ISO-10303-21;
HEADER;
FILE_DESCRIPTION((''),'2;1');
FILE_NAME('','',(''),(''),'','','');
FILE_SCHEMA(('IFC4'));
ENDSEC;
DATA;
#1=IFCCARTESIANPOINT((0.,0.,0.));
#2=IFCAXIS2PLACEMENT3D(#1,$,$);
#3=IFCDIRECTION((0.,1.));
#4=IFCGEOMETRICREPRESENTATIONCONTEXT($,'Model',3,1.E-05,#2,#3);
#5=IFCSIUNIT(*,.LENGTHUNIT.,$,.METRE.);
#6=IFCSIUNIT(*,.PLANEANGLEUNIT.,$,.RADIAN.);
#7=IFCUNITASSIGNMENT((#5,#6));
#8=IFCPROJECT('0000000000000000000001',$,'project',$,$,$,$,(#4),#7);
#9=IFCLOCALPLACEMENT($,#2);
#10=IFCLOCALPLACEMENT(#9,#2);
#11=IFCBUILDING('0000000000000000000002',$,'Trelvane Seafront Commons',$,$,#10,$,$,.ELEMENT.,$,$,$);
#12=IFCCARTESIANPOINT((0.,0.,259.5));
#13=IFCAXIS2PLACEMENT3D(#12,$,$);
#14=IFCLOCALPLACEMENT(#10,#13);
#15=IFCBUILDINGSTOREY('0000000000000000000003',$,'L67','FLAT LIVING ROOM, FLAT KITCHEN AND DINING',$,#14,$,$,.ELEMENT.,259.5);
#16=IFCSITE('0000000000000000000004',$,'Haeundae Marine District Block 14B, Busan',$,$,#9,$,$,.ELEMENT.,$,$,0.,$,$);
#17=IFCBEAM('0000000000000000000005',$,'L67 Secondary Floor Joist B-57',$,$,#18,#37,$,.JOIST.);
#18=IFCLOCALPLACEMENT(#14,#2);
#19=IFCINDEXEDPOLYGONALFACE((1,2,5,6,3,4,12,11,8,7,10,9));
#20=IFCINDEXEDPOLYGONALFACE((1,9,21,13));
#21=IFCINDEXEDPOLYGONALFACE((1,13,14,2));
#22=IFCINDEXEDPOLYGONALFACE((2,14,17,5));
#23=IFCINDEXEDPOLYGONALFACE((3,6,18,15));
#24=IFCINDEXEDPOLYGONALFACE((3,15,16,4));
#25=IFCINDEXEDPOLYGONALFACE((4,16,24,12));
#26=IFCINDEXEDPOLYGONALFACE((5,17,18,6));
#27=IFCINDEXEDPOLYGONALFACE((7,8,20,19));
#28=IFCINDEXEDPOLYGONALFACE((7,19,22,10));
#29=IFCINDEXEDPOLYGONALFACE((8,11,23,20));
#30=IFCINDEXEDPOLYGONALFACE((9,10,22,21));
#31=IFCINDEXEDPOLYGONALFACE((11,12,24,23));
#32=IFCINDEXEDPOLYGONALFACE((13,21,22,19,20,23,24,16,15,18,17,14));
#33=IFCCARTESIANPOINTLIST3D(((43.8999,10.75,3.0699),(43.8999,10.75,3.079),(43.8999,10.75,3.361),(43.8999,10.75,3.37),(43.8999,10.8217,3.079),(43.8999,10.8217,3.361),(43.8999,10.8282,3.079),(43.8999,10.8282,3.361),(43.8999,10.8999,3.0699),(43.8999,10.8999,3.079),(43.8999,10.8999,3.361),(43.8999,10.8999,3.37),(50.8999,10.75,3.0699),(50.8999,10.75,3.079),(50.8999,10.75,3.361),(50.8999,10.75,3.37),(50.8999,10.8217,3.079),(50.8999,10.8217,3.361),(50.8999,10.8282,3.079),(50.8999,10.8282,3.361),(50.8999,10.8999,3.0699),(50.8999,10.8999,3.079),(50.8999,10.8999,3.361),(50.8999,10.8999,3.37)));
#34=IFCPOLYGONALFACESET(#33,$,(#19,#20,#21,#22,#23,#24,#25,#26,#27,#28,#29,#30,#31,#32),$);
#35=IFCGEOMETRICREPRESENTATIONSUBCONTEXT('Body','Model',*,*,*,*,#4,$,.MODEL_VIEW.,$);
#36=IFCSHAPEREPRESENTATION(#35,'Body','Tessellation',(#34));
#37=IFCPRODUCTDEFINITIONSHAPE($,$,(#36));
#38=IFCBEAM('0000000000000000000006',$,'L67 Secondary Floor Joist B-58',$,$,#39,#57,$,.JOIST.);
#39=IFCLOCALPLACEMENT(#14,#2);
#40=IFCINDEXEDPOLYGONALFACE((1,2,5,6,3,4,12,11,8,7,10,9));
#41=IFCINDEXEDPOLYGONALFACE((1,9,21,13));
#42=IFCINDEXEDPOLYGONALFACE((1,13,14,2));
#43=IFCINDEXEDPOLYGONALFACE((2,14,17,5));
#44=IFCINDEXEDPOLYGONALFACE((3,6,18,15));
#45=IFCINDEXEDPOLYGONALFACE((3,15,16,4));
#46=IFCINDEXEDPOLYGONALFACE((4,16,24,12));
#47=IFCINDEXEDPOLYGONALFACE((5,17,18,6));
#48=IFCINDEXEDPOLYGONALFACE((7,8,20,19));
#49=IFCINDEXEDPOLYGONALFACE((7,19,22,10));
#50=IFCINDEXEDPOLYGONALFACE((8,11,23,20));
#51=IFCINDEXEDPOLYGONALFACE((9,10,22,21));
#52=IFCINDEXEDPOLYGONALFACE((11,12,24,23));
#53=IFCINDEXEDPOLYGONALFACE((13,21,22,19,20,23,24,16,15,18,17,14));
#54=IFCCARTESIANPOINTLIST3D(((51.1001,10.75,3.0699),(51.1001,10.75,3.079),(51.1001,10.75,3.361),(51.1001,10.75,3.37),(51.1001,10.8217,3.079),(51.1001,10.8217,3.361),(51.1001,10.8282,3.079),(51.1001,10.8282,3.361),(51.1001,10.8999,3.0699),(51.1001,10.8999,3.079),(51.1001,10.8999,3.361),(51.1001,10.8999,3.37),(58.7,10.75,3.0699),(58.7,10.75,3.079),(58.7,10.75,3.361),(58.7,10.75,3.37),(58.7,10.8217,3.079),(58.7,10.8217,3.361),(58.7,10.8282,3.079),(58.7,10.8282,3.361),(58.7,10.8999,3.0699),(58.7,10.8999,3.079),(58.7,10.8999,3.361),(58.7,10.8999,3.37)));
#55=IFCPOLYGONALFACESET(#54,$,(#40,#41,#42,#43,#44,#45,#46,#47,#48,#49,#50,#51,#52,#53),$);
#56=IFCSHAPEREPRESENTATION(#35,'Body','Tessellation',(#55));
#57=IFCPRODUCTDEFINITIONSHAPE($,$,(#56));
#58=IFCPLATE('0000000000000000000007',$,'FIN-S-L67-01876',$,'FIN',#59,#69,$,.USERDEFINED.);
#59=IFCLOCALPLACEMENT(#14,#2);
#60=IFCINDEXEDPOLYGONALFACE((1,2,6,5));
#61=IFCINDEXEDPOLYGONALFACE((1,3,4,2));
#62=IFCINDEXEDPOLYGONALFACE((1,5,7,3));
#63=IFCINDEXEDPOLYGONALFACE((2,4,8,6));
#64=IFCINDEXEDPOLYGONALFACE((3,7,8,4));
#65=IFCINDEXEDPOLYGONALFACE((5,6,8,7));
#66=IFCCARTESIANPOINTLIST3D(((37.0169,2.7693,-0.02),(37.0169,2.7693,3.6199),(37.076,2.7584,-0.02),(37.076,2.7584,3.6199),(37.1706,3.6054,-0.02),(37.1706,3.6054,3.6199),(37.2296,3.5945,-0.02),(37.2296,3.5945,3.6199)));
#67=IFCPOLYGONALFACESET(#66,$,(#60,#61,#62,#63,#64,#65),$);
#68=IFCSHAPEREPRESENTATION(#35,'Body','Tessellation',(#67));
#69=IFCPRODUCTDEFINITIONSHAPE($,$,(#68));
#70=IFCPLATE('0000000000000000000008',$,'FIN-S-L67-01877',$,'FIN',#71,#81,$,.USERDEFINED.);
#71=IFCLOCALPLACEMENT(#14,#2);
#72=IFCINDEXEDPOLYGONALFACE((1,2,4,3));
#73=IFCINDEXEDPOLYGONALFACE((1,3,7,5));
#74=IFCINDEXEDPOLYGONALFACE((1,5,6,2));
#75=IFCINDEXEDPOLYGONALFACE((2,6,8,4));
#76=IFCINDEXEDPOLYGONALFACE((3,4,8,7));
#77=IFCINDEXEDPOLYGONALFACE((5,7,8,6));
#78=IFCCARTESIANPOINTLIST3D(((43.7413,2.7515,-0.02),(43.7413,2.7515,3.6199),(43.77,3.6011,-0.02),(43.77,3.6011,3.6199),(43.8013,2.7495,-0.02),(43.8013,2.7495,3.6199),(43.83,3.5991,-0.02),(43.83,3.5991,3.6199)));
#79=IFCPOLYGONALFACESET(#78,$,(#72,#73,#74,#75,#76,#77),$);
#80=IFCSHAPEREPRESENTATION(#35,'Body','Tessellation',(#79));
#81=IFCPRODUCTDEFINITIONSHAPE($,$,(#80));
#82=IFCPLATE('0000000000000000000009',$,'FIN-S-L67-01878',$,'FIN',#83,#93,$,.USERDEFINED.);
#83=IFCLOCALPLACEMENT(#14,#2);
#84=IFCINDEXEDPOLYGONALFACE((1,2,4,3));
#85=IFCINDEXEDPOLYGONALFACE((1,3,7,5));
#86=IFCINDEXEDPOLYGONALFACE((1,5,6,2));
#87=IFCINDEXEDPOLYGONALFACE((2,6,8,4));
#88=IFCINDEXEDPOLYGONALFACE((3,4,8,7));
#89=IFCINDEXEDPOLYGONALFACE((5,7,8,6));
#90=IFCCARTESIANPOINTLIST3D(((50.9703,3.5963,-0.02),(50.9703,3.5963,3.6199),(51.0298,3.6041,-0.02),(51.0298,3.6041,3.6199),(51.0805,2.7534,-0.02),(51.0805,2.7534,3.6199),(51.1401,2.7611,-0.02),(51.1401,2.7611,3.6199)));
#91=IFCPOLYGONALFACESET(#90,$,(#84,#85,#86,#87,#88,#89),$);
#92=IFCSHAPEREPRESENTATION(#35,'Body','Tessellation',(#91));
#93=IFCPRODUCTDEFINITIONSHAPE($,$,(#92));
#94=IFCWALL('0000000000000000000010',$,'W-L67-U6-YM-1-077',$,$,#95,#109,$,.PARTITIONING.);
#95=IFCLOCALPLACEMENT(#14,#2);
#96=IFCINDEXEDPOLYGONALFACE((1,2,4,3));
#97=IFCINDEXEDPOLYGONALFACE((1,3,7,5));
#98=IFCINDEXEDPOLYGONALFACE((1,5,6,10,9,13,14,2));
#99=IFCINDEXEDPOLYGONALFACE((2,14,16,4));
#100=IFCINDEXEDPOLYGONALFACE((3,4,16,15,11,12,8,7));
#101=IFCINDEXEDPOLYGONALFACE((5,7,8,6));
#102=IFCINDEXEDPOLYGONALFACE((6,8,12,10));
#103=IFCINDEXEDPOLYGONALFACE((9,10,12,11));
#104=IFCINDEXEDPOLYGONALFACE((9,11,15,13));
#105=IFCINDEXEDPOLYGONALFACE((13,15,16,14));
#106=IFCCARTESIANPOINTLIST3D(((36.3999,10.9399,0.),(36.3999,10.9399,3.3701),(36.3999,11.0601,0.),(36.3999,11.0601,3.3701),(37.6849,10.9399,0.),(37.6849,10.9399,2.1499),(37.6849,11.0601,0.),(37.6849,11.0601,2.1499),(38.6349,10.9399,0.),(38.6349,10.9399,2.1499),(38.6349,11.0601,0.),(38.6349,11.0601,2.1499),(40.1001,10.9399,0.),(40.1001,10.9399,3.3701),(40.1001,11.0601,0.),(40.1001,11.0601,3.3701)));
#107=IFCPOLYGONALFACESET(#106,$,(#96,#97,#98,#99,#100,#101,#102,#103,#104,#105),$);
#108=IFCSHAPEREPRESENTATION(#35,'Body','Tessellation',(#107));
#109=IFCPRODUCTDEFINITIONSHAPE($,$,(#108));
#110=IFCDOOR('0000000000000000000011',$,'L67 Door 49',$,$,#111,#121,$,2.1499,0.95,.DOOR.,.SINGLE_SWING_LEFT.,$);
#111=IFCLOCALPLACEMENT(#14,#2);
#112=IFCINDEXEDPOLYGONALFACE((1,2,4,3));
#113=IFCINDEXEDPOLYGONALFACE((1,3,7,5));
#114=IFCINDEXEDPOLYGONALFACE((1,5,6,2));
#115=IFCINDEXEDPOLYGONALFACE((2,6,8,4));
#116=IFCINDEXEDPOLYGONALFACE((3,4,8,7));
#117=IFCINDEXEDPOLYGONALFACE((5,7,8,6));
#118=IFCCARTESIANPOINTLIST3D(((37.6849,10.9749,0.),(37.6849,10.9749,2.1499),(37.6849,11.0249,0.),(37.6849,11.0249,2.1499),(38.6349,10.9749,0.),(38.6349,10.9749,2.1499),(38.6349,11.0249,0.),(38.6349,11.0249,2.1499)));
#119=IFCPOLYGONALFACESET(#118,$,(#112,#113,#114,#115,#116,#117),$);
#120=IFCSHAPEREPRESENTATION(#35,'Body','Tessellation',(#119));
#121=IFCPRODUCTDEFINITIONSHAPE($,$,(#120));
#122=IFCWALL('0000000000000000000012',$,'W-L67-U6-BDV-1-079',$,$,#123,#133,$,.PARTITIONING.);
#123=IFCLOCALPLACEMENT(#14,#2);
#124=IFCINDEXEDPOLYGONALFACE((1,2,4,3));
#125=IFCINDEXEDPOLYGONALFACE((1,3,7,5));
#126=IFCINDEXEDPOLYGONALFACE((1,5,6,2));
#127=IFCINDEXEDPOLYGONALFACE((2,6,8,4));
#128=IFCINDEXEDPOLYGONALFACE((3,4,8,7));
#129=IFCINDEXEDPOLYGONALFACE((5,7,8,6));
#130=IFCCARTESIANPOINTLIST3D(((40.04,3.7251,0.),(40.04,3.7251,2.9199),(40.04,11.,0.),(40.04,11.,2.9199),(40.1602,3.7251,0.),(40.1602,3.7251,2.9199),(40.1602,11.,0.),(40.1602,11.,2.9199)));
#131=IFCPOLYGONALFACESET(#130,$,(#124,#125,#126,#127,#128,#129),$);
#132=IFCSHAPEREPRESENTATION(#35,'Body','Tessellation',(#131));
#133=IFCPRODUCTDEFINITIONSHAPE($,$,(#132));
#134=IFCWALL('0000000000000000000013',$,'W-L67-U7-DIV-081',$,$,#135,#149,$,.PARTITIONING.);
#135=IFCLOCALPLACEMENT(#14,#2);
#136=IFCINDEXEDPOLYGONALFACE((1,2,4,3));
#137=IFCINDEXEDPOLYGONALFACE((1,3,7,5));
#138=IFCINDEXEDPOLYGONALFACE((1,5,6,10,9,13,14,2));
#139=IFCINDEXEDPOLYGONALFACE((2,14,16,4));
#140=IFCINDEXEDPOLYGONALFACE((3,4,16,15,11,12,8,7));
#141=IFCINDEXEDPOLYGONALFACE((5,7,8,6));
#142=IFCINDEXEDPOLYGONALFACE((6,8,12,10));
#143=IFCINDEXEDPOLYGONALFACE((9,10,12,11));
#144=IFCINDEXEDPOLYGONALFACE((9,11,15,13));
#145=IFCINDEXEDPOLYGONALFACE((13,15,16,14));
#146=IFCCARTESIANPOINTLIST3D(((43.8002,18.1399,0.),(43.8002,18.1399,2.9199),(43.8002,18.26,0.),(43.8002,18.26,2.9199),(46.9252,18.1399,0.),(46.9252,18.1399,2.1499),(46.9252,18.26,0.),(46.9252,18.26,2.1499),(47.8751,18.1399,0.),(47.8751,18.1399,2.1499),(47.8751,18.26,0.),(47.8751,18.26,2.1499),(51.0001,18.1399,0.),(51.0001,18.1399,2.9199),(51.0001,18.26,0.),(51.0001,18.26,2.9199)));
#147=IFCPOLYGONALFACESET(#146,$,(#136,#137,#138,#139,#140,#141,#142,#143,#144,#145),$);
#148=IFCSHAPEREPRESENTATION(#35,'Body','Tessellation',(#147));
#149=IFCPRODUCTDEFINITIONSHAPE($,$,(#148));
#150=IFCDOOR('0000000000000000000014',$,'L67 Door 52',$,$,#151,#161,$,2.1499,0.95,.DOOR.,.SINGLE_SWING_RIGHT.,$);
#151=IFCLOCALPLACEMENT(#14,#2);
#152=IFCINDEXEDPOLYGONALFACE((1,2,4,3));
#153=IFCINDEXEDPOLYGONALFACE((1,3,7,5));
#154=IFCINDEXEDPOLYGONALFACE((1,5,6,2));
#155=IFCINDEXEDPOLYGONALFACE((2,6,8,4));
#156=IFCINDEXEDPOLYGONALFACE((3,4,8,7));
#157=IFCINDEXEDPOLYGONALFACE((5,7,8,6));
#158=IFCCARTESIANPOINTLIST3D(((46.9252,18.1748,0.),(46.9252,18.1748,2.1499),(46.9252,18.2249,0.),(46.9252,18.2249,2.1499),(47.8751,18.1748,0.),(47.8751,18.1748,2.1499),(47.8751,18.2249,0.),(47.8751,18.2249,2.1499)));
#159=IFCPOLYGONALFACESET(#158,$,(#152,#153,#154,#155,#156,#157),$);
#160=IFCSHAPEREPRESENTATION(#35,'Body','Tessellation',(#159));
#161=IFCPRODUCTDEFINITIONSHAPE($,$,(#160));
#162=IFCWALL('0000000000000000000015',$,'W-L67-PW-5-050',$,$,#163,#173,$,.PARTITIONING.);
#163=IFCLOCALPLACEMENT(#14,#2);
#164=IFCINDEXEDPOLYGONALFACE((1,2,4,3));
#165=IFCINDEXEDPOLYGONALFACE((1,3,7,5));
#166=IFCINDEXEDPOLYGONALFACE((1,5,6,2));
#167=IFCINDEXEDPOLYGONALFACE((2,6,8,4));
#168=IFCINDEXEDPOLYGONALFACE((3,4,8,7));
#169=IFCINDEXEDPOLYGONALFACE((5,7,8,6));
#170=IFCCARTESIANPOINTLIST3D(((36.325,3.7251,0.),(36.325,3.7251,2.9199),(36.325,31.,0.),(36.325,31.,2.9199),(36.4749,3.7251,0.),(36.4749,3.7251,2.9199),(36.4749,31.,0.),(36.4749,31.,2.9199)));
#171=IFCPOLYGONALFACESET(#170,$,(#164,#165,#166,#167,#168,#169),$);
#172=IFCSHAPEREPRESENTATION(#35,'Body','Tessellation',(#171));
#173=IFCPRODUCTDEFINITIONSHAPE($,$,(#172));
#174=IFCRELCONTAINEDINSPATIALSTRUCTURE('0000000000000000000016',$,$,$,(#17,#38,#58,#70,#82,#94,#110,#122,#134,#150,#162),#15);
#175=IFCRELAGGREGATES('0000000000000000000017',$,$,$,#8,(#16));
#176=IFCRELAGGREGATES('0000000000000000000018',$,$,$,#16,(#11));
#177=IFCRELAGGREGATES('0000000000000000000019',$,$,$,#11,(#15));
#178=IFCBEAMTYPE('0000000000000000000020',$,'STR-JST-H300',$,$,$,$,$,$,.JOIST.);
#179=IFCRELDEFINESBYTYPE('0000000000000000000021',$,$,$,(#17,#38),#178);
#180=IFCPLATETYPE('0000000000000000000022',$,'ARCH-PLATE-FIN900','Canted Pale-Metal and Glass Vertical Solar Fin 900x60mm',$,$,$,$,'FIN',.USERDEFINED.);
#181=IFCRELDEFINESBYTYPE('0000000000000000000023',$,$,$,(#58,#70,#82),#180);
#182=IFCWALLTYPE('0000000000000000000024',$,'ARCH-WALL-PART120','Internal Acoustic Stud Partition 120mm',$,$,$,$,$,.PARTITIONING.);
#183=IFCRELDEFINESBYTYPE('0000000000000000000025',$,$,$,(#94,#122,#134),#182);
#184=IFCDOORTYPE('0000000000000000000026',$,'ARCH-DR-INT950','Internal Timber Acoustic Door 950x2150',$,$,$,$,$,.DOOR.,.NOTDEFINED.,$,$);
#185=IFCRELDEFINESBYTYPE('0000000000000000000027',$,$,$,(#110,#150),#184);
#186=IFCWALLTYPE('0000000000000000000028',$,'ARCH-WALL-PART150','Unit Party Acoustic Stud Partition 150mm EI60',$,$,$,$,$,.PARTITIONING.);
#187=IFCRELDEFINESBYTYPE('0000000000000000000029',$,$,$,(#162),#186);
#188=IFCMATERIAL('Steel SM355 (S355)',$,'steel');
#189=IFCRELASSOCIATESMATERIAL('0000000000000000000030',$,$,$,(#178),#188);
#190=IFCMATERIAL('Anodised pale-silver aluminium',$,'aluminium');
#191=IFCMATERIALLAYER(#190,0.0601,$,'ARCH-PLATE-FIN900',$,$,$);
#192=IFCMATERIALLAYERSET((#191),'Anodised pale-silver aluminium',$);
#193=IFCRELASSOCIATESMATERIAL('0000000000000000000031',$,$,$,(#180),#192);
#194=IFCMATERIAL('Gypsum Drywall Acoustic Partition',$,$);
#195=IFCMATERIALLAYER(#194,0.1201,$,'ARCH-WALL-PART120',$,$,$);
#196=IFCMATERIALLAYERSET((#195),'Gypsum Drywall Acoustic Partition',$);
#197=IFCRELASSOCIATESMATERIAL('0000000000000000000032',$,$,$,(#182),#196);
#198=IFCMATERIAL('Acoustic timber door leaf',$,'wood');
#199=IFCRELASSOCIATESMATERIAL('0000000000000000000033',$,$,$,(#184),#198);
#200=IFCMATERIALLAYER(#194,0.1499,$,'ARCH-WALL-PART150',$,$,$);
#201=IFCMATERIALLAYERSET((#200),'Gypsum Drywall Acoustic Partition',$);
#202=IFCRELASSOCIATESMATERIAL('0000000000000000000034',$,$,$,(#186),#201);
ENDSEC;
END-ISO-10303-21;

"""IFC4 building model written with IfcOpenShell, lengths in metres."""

from ifc_helpers import new_model, si_unit, direction, frame, frame_2d, origin, origin_2d, place, context, subcontext, project, spatial, rectangle, i_section, extrude, source, transform, mapped, material, layer, layer_set, material_profile, profile_set, type_object, element, fill, save


model = new_model("IFC4")

# Units and contexts
model_context = context("Model", 3, precision=1e-05, world=origin(), true_north=direction((0.0, 1.0)))
body_context = subcontext(model_context, "Body", "Model", "MODEL_VIEW")
ifc_project = project(units=[si_unit("LENGTHUNIT", "METRE"), si_unit("PLANEANGLEUNIT", "RADIAN")], contexts=[model_context])

# Site, building, storey
site_placement = place(None, origin())
site = spatial("IfcSite", under=ifc_project, at=site_placement, Name="Haeundae Marine District Block 14B, Busan", CompositionType="ELEMENT", RefElevation=0.0)
building_placement = place(site_placement, origin())
building = spatial("IfcBuilding", under=site, at=building_placement, Name="Trelvane Seafront Commons", CompositionType="ELEMENT")
storey_placement = place(building_placement, frame((0.0, 0.0, 259.5)))
storey = spatial("IfcBuildingStorey", under=building, at=storey_placement, Name="L67", Description="FLAT LIVING ROOM, FLAT KITCHEN AND DINING", CompositionType="ELEMENT", Elevation=259.5)

# Shared definitions
ifc_material_1 = material(Name="Steel SM355 (S355)", Category="steel")

# Beams
ifc_material_profile_1 = material_profile(ifc_material_1, i_section(OverallWidth=0.1499, OverallDepth=0.3, WebThickness=0.0066, FlangeThickness=0.009, at=origin_2d()), Name="H-300x150x6.5x9")
ifc_profile_set_1 = profile_set([ifc_material_profile_1], Name="Steel SM355 (S355)")
beam_type_1 = type_object("IfcBeamType", Name="STR-JST-H300", PredefinedType="JOIST", material=ifc_profile_set_1)
shared_shape_1 = source(origin(), body_context, "Body", "SweptSolid", [
    extrude(i_section(OverallWidth=0.1499, OverallDepth=0.3, WebThickness=0.0066, FlangeThickness=0.009, at=origin_2d()), origin(), (0.0, 0.0, 1.0), 7.0),
])
beam_1_placement = place(storey_placement, frame((43.8999, 10.825, 3.22), z_axis=(1.0, 0.0, 0.0), x_axis=(0.0, 1.0, 0.0)))
element("IfcBeam", 1, at=beam_1_placement, inside=storey, type_object=beam_type_1, Name="L67 Secondary Floor Joist B-57", PredefinedType="JOIST", context=body_context, shape_type="MappedRepresentation", body=[
    mapped(shared_shape_1, transform((0.0, 0.0, 0.0), x_axis=(1.0, 0.0, 0.0), y_axis=(0.0, 1.0, 0.0), z_axis=(0.0, 0.0, 1.0), scale=1.0)),
])
shared_shape_2 = source(origin(), body_context, "Body", "SweptSolid", [
    extrude(i_section(OverallWidth=0.1499, OverallDepth=0.3, WebThickness=0.0066, FlangeThickness=0.009, at=origin_2d()), origin(), (0.0, 0.0, 1.0), 7.5999),
])
beam_2_placement = place(storey_placement, frame((51.1001, 10.825, 3.22), z_axis=(1.0, 0.0, 0.0), x_axis=(0.0, 1.0, 0.0)))
element("IfcBeam", 2, at=beam_2_placement, inside=storey, type_object=beam_type_1, Name="L67 Secondary Floor Joist B-58", PredefinedType="JOIST", context=body_context, shape_type="MappedRepresentation", body=[
    mapped(shared_shape_2, transform((0.0, 0.0, 0.0), x_axis=(1.0, 0.0, 0.0), y_axis=(0.0, 1.0, 0.0), z_axis=(0.0, 0.0, 1.0), scale=1.0)),
])

# Plates
ifc_material_2 = material(Name="Anodised pale-silver aluminium", Category="aluminium")
ifc_layer_1 = layer(ifc_material_2, 0.0601, Name="ARCH-PLATE-FIN900")
ifc_layer_set_1 = layer_set([ifc_layer_1], Name="Anodised pale-silver aluminium")
plate_type = type_object("IfcPlateType", Name="ARCH-PLATE-FIN900", Description="Canted Pale-Metal and Glass Vertical Solar Fin 900x60mm", ElementType="FIN", PredefinedType="USERDEFINED", material=ifc_layer_set_1)
shared_shape_3 = source(origin(), body_context, "Body", "SweptSolid", [
    extrude(rectangle(XDim=0.8501, YDim=0.0601, at=origin_2d()), origin(), (0.0, 0.0, 1.0), 3.6399),
])
for number, where, z_axis, x_axis, name in (
    (3, (37.1233, 3.1819, -0.02), (0.0, 0.0, 1.0), (-0.180708, -0.983537, 0.0), "FIN-S-L67-01876"),
    (4, (43.7856, 3.1753, -0.02), (0.0, 0.0, 1.0), (-0.033766, -0.99943, 0.0), "FIN-S-L67-01877"),
    (5, (51.0552, 3.1787, -0.02), (0.0, 0.0, 1.0), (0.129651, -0.99156, 0.0), "FIN-S-L67-01878"),
):
    element("IfcPlate", number, at=place(storey_placement, frame(where, z_axis=z_axis, x_axis=x_axis)), inside=storey, type_object=plate_type, Name=name, ObjectType="FIN", PredefinedType="USERDEFINED", context=body_context, shape_type="MappedRepresentation", body=[
        mapped(shared_shape_3, transform((0.0, 0.0, 0.0), x_axis=(1.0, 0.0, 0.0), y_axis=(0.0, 1.0, 0.0), z_axis=(0.0, 0.0, 1.0), scale=1.0)),
    ])

# Wall, opening, door
ifc_material_3 = material(Name="Gypsum Drywall Acoustic Partition")
ifc_layer_2 = layer(ifc_material_3, 0.1201, Name="ARCH-WALL-PART120")
ifc_layer_set_2 = layer_set([ifc_layer_2], Name="Gypsum Drywall Acoustic Partition")
wall_type_1 = type_object("IfcWallType", Name="ARCH-WALL-PART120", Description="Internal Acoustic Stud Partition 120mm", PredefinedType="PARTITIONING", material=ifc_layer_set_2)
wall_1_placement = place(storey_placement, frame((36.3999, 11.0, 0.0), z_axis=(0.0, 0.0, 1.0), x_axis=(1.0, 0.0, 0.0)))
wall_1 = element("IfcWall", 6, at=wall_1_placement, inside=storey, type_object=wall_type_1, Name="W-L67-U6-YM-1-077", PredefinedType="PARTITIONING", context=body_context, shape_type="SweptSolid", body=[
    extrude(rectangle(XDim=3.7002, YDim=0.1201, at=frame_2d((1.8501, 0.0))), origin(), (0.0, 0.0, 1.0), 3.3701),
])
opening_1_placement = place(wall_1_placement, frame((1.2849, 0.0, 0.0)))
opening_1 = element("IfcOpeningElement", 7, at=opening_1_placement, cuts=wall_1, PredefinedType="OPENING", context=body_context, shape_type="SweptSolid", body=[
    extrude(rectangle(XDim=0.95, YDim=2.1499, at=frame_2d((0.4751, 1.075))), frame((0.0, 0.0701, 0.0), z_axis=(0.0, -1.0, 0.0), x_axis=(1.0, 0.0, 0.0)), (0.0, 0.0, 1.0), 0.1401),
])
ifc_material_4 = material(Name="Acoustic timber door leaf", Category="wood")
door_type = type_object("IfcDoorType", Name="ARCH-DR-INT950", Description="Internal Timber Acoustic Door 950x2150", OperationType="NOTDEFINED", PredefinedType="DOOR", material=ifc_material_4)
shared_shape_4 = source(origin(), body_context, "Body", "SweptSolid", [
    extrude(rectangle(XDim=0.95, YDim=2.1499, at=frame_2d((0.4751, 1.075))), frame((0.0, 0.0249, 0.0), z_axis=(0.0, -1.0, 0.0), x_axis=(1.0, 0.0, 0.0)), (0.0, 0.0, 1.0), 0.05),
])
door_1_placement = place(opening_1_placement, origin())
door_1 = element("IfcDoor", 8, at=door_1_placement, inside=storey, type_object=door_type, Name="L67 Door 49", OperationType="SINGLE_SWING_LEFT", OverallHeight=2.1499, OverallWidth=0.95, PredefinedType="DOOR", context=body_context, shape_type="MappedRepresentation", body=[
    mapped(shared_shape_4, transform((0.0, 0.0, 0.0), x_axis=(1.0, 0.0, 0.0), y_axis=(0.0, 1.0, 0.0), z_axis=(0.0, 0.0, 1.0), scale=1.0)),
])
fill(opening_1, door_1)

# Wall
wall_2_placement = place(storey_placement, frame((40.1001, 3.7251, 0.0), z_axis=(0.0, 0.0, 1.0), x_axis=(0.0, 1.0, 0.0)))
element("IfcWall", 9, at=wall_2_placement, inside=storey, type_object=wall_type_1, Name="W-L67-U6-BDV-1-079", PredefinedType="PARTITIONING", context=body_context, shape_type="SweptSolid", body=[
    extrude(rectangle(XDim=7.2749, YDim=0.1201, at=frame_2d((3.6375, 0.0))), origin(), (0.0, 0.0, 1.0), 2.9199),
])

# Wall, opening, door
wall_3_placement = place(storey_placement, frame((43.8, 18.2, 0.0), z_axis=(0.0, 0.0, 1.0), x_axis=(1.0, 0.0, 0.0)))
wall_3 = element("IfcWall", 10, at=wall_3_placement, inside=storey, type_object=wall_type_1, Name="W-L67-U7-DIV-081", PredefinedType="PARTITIONING", context=body_context, shape_type="SweptSolid", body=[
    extrude(rectangle(XDim=7.2, YDim=0.1201, at=frame_2d((3.6001, 0.0))), origin(), (0.0, 0.0, 1.0), 2.9199),
])
opening_2_placement = place(wall_3_placement, frame((3.125, 0.0, 0.0)))
opening_2 = element("IfcOpeningElement", 11, at=opening_2_placement, cuts=wall_3, PredefinedType="OPENING", context=body_context, shape_type="SweptSolid", body=[
    extrude(rectangle(XDim=0.95, YDim=2.1499, at=frame_2d((0.4751, 1.075))), frame((0.0, 0.0701, 0.0), z_axis=(0.0, -1.0, 0.0), x_axis=(1.0, 0.0, 0.0)), (0.0, 0.0, 1.0), 0.1401),
])
door_2_placement = place(opening_2_placement, origin())
door_2 = element("IfcDoor", 12, at=door_2_placement, inside=storey, type_object=door_type, Name="L67 Door 52", OperationType="SINGLE_SWING_RIGHT", OverallHeight=2.1499, OverallWidth=0.95, PredefinedType="DOOR", context=body_context, shape_type="MappedRepresentation", body=[
    mapped(shared_shape_4, transform((0.0, 0.0, 0.0), x_axis=(1.0, 0.0, 0.0), y_axis=(0.0, 1.0, 0.0), z_axis=(0.0, 0.0, 1.0), scale=1.0)),
])
fill(opening_2, door_2)

# Wall
ifc_layer_3 = layer(ifc_material_3, 0.1499, Name="ARCH-WALL-PART150")
ifc_layer_set_3 = layer_set([ifc_layer_3], Name="Gypsum Drywall Acoustic Partition")
wall_type_2 = type_object("IfcWallType", Name="ARCH-WALL-PART150", Description="Unit Party Acoustic Stud Partition 150mm EI60", PredefinedType="PARTITIONING", material=ifc_layer_set_3)
wall_4_placement = place(storey_placement, frame((36.3999, 3.7251, 0.0), z_axis=(0.0, 0.0, 1.0), x_axis=(0.0, 1.0, 0.0)))
element("IfcWall", 13, at=wall_4_placement, inside=storey, type_object=wall_type_2, Name="W-L67-PW-5-050", PredefinedType="PARTITIONING", context=body_context, shape_type="SweptSolid", body=[
    extrude(rectangle(XDim=27.2749, YDim=0.1499, at=frame_2d((13.6375, 0.0))), origin(), (0.0, 0.0, 1.0), 2.9199),
])

save(model, "model.ifc")
